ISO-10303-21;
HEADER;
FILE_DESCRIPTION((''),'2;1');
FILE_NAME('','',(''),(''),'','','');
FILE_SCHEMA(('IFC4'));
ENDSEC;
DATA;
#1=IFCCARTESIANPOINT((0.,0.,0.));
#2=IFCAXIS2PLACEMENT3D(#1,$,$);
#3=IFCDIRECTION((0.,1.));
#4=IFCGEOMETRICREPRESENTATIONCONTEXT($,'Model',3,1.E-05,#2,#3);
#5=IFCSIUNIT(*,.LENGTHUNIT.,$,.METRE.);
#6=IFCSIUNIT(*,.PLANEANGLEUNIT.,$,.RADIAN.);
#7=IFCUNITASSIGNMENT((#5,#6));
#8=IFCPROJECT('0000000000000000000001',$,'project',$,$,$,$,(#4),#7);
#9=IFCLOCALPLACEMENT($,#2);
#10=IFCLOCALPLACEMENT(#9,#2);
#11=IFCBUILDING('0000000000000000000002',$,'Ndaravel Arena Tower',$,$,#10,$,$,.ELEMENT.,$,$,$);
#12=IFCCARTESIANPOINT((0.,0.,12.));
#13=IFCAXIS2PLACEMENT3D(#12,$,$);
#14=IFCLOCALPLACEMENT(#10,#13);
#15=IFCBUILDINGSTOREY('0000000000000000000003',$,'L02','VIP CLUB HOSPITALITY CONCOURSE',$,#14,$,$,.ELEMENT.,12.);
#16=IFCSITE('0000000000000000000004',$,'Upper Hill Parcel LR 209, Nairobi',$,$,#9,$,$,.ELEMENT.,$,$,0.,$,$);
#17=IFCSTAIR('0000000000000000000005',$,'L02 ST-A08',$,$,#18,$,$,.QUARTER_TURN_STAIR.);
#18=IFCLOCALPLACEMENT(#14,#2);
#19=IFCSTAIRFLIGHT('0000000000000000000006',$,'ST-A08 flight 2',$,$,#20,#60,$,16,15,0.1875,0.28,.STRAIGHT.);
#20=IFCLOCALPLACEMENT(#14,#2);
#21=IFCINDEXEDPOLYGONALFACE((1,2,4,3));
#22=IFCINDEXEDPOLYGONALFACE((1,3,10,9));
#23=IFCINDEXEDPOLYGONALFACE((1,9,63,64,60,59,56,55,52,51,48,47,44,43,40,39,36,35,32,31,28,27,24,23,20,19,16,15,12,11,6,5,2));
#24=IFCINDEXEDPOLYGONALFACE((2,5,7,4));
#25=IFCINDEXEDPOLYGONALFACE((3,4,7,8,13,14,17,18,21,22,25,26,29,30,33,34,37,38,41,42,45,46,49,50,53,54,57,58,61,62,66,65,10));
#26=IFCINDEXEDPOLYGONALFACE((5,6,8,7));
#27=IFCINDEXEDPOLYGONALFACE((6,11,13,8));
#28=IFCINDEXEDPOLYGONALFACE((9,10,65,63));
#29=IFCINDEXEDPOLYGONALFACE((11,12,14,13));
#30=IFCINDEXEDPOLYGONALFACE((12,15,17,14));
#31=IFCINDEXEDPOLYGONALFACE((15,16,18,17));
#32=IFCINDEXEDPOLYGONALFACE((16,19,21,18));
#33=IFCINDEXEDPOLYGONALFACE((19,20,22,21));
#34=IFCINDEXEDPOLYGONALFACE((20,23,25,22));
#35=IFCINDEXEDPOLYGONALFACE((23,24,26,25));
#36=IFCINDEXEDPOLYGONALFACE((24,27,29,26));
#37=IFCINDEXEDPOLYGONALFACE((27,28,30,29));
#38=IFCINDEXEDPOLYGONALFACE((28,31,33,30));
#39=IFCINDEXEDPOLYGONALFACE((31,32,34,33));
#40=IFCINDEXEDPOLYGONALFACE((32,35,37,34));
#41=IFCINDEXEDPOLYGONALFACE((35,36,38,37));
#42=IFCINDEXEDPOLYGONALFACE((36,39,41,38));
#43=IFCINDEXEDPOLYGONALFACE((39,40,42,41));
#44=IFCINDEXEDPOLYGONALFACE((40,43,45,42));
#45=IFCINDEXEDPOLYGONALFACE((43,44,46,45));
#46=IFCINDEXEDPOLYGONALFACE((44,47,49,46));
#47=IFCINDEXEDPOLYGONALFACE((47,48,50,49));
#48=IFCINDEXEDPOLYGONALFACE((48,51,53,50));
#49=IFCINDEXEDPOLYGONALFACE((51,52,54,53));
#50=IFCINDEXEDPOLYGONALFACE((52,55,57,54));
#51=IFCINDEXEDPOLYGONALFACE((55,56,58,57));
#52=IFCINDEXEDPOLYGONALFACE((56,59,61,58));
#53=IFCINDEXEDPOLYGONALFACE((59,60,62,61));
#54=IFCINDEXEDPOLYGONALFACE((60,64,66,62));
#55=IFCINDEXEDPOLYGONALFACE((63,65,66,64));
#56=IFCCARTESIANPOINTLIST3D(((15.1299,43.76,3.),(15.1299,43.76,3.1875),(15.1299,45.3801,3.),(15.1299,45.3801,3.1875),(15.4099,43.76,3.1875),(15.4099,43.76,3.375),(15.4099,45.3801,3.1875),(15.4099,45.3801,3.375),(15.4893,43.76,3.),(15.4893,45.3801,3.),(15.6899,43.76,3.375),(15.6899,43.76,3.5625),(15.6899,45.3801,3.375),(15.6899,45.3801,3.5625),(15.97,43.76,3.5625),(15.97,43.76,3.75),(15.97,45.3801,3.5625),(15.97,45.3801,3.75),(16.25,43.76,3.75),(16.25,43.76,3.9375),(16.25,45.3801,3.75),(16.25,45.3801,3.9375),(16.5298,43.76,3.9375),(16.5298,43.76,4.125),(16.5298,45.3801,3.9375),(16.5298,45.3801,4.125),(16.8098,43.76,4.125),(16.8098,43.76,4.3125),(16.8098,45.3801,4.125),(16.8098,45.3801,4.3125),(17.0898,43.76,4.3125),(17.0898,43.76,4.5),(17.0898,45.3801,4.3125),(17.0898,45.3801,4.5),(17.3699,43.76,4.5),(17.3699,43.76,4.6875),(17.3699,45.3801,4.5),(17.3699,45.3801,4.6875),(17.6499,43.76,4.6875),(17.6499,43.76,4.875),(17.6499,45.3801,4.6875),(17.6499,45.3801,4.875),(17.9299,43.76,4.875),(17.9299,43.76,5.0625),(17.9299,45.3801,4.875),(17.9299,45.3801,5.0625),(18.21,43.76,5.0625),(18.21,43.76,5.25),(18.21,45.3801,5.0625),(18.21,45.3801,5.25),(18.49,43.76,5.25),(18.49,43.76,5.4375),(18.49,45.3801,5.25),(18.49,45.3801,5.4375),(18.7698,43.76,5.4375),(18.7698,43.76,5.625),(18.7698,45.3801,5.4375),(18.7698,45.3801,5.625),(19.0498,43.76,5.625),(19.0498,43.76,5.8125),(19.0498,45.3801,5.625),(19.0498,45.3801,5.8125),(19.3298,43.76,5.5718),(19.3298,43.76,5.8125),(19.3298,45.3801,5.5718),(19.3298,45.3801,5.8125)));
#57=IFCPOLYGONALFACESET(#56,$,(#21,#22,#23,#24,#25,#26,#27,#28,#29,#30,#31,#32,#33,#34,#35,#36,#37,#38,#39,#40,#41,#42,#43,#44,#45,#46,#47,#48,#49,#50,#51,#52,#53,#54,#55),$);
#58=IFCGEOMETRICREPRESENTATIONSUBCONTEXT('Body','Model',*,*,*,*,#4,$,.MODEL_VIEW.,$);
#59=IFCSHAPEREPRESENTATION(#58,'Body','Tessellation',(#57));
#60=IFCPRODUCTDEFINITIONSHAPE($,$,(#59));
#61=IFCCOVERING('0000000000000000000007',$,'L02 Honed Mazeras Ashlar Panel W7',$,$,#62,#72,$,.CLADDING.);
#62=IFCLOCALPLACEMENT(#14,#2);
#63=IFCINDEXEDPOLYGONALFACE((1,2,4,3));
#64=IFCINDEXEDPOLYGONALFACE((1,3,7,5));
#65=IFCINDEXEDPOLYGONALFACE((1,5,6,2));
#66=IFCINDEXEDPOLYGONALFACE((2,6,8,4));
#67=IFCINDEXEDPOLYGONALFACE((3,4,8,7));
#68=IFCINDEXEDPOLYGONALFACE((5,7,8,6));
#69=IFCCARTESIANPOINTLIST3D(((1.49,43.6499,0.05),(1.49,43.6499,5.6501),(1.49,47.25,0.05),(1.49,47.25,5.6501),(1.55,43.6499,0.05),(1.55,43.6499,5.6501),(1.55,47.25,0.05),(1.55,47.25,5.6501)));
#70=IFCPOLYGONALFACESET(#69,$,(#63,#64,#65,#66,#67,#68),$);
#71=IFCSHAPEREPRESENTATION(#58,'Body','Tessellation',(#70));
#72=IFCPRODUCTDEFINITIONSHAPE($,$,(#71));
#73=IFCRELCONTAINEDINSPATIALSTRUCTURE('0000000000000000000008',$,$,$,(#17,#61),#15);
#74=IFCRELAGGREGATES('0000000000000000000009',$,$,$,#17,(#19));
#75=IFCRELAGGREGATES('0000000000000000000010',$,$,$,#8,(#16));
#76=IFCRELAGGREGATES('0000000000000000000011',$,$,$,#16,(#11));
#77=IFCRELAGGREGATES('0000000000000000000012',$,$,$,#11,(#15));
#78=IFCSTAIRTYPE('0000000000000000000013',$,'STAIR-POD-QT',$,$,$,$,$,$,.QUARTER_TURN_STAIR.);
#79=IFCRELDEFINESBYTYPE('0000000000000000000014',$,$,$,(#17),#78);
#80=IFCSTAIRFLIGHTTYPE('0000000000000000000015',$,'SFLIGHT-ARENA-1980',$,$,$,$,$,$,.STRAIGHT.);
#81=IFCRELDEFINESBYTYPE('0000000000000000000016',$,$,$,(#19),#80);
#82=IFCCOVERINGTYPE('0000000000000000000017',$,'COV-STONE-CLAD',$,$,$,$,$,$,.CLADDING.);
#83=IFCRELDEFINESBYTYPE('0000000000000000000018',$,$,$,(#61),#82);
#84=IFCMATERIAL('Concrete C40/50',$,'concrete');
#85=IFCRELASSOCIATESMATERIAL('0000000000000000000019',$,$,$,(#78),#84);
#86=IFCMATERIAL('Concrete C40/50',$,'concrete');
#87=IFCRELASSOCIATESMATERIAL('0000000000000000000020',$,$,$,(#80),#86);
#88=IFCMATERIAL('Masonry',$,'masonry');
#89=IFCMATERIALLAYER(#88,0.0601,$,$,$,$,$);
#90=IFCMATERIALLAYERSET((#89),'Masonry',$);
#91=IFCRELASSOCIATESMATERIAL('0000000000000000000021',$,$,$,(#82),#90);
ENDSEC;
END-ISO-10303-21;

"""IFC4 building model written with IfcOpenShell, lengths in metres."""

from ifc_helpers import new_model, si_unit, direction, frame, origin, origin_2d, place, context, subcontext, project, spatial, polyline, rectangle, outline, extrude, material, layer, layer_set, type_object, element, aggregate, save


model = new_model("IFC4")

# Units and contexts
model_context = context("Model", 3, precision=1e-05, world=origin(), true_north=direction((0.0, 1.0)))
body_context = subcontext(model_context, "Body", "Model", "MODEL_VIEW")
ifc_project = project(units=[si_unit("LENGTHUNIT", "METRE"), si_unit("PLANEANGLEUNIT", "RADIAN")], contexts=[model_context])

# Site, building, storey
site_placement = place(None, origin())
site = spatial("IfcSite", under=ifc_project, at=site_placement, Name="Upper Hill Parcel LR 209, Nairobi", CompositionType="ELEMENT", RefElevation=0.0)
building_placement = place(site_placement, origin())
building = spatial("IfcBuilding", under=site, at=building_placement, Name="Ndaravel Arena Tower", CompositionType="ELEMENT")
storey_placement = place(building_placement, frame((0.0, 0.0, 12.0)))
storey = spatial("IfcBuildingStorey", under=building, at=storey_placement, Name="L02", Description="VIP CLUB HOSPITALITY CONCOURSE", CompositionType="ELEMENT", Elevation=12.0)

# Stair, stair flight
ifc_material_1 = material(Name="Concrete C40/50", Category="concrete")
stair_type = type_object("IfcStairType", Name="STAIR-POD-QT", PredefinedType="QUARTER_TURN_STAIR", material=ifc_material_1)
stair_placement = place(storey_placement, origin())
stair = element("IfcStair", 1, at=stair_placement, inside=storey, type_object=stair_type, Name="L02 ST-A08", PredefinedType="QUARTER_TURN_STAIR")
ifc_material_2 = material(Name="Concrete C40/50", Category="concrete")
stair_flight_type = type_object("IfcStairFlightType", Name="SFLIGHT-ARENA-1980", PredefinedType="STRAIGHT", material=ifc_material_2)
stair_flight_placement = place(storey_placement, frame((15.1299, 44.5701, 3.0), z_axis=(0.0, 0.0, 1.0), x_axis=(1.0, 0.0, 0.0)))
stair_flight = element("IfcStairFlight", 2, at=stair_flight_placement, type_object=stair_flight_type, Name="ST-A08 flight 2", NumberOfRisers=16, NumberOfTreads=15, PredefinedType="STRAIGHT", RiserHeight=0.1875, TreadLength=0.28, context=body_context, shape_type="SweptSolid", body=[
    extrude(outline(polyline([(0.0, 0.0), (0.0, 0.1875), (0.28, 0.1875), (0.28, 0.375), (0.5601, 0.375), (0.5601, 0.5625), (0.8401, 0.5625), (0.8401, 0.75), (1.1201, 0.75), (1.1201, 0.9375), (1.3999, 0.9375), (1.3999, 1.125), (1.6799, 1.125), (1.6799, 1.3125), (1.96, 1.3125), (1.96, 1.5), (2.24, 1.5), (2.24, 1.6875), (2.52, 1.6875), (2.52, 1.875), (2.8, 1.875), (2.8, 2.0625), (3.0801, 2.0625), (3.0801, 2.25), (3.3601, 2.25), (3.3601, 2.4375), (3.6399, 2.4375), (3.6399, 2.625), (3.9199, 2.625), (3.9199, 2.8125), (4.2, 2.8125), (4.2, 3.0), (4.2, 2.5718), (0.3594, 0.0), (0.0, 0.0)])), frame((0.0, 0.8101, 0.0), z_axis=(0.0, -1.0, 0.0), x_axis=(1.0, 0.0, 0.0)), (0.0, 0.0, 1.0), 1.6201),
])
aggregate(stair, [stair_flight])

# Covering
ifc_material_3 = material(Name="Masonry", Category="masonry")
ifc_layer_1 = layer(ifc_material_3, 0.0601)
ifc_layer_set_1 = layer_set([ifc_layer_1], Name="Masonry")
covering_type = type_object("IfcCoveringType", Name="COV-STONE-CLAD", PredefinedType="CLADDING", material=ifc_layer_set_1)
covering_placement = place(storey_placement, frame((1.52, 45.45, 0.05), z_axis=(0.0, 0.0, 1.0), x_axis=(1.0, 0.0, 0.0)))
element("IfcCovering", 3, at=covering_placement, inside=storey, type_object=covering_type, Name="L02 Honed Mazeras Ashlar Panel W7", PredefinedType="CLADDING", context=body_context, shape_type="SweptSolid", body=[
    extrude(rectangle(XDim=0.0601, YDim=3.6001, at=origin_2d()), origin(), (0.0, 0.0, 1.0), 5.6001),
])

save(model, "model.ifc")
